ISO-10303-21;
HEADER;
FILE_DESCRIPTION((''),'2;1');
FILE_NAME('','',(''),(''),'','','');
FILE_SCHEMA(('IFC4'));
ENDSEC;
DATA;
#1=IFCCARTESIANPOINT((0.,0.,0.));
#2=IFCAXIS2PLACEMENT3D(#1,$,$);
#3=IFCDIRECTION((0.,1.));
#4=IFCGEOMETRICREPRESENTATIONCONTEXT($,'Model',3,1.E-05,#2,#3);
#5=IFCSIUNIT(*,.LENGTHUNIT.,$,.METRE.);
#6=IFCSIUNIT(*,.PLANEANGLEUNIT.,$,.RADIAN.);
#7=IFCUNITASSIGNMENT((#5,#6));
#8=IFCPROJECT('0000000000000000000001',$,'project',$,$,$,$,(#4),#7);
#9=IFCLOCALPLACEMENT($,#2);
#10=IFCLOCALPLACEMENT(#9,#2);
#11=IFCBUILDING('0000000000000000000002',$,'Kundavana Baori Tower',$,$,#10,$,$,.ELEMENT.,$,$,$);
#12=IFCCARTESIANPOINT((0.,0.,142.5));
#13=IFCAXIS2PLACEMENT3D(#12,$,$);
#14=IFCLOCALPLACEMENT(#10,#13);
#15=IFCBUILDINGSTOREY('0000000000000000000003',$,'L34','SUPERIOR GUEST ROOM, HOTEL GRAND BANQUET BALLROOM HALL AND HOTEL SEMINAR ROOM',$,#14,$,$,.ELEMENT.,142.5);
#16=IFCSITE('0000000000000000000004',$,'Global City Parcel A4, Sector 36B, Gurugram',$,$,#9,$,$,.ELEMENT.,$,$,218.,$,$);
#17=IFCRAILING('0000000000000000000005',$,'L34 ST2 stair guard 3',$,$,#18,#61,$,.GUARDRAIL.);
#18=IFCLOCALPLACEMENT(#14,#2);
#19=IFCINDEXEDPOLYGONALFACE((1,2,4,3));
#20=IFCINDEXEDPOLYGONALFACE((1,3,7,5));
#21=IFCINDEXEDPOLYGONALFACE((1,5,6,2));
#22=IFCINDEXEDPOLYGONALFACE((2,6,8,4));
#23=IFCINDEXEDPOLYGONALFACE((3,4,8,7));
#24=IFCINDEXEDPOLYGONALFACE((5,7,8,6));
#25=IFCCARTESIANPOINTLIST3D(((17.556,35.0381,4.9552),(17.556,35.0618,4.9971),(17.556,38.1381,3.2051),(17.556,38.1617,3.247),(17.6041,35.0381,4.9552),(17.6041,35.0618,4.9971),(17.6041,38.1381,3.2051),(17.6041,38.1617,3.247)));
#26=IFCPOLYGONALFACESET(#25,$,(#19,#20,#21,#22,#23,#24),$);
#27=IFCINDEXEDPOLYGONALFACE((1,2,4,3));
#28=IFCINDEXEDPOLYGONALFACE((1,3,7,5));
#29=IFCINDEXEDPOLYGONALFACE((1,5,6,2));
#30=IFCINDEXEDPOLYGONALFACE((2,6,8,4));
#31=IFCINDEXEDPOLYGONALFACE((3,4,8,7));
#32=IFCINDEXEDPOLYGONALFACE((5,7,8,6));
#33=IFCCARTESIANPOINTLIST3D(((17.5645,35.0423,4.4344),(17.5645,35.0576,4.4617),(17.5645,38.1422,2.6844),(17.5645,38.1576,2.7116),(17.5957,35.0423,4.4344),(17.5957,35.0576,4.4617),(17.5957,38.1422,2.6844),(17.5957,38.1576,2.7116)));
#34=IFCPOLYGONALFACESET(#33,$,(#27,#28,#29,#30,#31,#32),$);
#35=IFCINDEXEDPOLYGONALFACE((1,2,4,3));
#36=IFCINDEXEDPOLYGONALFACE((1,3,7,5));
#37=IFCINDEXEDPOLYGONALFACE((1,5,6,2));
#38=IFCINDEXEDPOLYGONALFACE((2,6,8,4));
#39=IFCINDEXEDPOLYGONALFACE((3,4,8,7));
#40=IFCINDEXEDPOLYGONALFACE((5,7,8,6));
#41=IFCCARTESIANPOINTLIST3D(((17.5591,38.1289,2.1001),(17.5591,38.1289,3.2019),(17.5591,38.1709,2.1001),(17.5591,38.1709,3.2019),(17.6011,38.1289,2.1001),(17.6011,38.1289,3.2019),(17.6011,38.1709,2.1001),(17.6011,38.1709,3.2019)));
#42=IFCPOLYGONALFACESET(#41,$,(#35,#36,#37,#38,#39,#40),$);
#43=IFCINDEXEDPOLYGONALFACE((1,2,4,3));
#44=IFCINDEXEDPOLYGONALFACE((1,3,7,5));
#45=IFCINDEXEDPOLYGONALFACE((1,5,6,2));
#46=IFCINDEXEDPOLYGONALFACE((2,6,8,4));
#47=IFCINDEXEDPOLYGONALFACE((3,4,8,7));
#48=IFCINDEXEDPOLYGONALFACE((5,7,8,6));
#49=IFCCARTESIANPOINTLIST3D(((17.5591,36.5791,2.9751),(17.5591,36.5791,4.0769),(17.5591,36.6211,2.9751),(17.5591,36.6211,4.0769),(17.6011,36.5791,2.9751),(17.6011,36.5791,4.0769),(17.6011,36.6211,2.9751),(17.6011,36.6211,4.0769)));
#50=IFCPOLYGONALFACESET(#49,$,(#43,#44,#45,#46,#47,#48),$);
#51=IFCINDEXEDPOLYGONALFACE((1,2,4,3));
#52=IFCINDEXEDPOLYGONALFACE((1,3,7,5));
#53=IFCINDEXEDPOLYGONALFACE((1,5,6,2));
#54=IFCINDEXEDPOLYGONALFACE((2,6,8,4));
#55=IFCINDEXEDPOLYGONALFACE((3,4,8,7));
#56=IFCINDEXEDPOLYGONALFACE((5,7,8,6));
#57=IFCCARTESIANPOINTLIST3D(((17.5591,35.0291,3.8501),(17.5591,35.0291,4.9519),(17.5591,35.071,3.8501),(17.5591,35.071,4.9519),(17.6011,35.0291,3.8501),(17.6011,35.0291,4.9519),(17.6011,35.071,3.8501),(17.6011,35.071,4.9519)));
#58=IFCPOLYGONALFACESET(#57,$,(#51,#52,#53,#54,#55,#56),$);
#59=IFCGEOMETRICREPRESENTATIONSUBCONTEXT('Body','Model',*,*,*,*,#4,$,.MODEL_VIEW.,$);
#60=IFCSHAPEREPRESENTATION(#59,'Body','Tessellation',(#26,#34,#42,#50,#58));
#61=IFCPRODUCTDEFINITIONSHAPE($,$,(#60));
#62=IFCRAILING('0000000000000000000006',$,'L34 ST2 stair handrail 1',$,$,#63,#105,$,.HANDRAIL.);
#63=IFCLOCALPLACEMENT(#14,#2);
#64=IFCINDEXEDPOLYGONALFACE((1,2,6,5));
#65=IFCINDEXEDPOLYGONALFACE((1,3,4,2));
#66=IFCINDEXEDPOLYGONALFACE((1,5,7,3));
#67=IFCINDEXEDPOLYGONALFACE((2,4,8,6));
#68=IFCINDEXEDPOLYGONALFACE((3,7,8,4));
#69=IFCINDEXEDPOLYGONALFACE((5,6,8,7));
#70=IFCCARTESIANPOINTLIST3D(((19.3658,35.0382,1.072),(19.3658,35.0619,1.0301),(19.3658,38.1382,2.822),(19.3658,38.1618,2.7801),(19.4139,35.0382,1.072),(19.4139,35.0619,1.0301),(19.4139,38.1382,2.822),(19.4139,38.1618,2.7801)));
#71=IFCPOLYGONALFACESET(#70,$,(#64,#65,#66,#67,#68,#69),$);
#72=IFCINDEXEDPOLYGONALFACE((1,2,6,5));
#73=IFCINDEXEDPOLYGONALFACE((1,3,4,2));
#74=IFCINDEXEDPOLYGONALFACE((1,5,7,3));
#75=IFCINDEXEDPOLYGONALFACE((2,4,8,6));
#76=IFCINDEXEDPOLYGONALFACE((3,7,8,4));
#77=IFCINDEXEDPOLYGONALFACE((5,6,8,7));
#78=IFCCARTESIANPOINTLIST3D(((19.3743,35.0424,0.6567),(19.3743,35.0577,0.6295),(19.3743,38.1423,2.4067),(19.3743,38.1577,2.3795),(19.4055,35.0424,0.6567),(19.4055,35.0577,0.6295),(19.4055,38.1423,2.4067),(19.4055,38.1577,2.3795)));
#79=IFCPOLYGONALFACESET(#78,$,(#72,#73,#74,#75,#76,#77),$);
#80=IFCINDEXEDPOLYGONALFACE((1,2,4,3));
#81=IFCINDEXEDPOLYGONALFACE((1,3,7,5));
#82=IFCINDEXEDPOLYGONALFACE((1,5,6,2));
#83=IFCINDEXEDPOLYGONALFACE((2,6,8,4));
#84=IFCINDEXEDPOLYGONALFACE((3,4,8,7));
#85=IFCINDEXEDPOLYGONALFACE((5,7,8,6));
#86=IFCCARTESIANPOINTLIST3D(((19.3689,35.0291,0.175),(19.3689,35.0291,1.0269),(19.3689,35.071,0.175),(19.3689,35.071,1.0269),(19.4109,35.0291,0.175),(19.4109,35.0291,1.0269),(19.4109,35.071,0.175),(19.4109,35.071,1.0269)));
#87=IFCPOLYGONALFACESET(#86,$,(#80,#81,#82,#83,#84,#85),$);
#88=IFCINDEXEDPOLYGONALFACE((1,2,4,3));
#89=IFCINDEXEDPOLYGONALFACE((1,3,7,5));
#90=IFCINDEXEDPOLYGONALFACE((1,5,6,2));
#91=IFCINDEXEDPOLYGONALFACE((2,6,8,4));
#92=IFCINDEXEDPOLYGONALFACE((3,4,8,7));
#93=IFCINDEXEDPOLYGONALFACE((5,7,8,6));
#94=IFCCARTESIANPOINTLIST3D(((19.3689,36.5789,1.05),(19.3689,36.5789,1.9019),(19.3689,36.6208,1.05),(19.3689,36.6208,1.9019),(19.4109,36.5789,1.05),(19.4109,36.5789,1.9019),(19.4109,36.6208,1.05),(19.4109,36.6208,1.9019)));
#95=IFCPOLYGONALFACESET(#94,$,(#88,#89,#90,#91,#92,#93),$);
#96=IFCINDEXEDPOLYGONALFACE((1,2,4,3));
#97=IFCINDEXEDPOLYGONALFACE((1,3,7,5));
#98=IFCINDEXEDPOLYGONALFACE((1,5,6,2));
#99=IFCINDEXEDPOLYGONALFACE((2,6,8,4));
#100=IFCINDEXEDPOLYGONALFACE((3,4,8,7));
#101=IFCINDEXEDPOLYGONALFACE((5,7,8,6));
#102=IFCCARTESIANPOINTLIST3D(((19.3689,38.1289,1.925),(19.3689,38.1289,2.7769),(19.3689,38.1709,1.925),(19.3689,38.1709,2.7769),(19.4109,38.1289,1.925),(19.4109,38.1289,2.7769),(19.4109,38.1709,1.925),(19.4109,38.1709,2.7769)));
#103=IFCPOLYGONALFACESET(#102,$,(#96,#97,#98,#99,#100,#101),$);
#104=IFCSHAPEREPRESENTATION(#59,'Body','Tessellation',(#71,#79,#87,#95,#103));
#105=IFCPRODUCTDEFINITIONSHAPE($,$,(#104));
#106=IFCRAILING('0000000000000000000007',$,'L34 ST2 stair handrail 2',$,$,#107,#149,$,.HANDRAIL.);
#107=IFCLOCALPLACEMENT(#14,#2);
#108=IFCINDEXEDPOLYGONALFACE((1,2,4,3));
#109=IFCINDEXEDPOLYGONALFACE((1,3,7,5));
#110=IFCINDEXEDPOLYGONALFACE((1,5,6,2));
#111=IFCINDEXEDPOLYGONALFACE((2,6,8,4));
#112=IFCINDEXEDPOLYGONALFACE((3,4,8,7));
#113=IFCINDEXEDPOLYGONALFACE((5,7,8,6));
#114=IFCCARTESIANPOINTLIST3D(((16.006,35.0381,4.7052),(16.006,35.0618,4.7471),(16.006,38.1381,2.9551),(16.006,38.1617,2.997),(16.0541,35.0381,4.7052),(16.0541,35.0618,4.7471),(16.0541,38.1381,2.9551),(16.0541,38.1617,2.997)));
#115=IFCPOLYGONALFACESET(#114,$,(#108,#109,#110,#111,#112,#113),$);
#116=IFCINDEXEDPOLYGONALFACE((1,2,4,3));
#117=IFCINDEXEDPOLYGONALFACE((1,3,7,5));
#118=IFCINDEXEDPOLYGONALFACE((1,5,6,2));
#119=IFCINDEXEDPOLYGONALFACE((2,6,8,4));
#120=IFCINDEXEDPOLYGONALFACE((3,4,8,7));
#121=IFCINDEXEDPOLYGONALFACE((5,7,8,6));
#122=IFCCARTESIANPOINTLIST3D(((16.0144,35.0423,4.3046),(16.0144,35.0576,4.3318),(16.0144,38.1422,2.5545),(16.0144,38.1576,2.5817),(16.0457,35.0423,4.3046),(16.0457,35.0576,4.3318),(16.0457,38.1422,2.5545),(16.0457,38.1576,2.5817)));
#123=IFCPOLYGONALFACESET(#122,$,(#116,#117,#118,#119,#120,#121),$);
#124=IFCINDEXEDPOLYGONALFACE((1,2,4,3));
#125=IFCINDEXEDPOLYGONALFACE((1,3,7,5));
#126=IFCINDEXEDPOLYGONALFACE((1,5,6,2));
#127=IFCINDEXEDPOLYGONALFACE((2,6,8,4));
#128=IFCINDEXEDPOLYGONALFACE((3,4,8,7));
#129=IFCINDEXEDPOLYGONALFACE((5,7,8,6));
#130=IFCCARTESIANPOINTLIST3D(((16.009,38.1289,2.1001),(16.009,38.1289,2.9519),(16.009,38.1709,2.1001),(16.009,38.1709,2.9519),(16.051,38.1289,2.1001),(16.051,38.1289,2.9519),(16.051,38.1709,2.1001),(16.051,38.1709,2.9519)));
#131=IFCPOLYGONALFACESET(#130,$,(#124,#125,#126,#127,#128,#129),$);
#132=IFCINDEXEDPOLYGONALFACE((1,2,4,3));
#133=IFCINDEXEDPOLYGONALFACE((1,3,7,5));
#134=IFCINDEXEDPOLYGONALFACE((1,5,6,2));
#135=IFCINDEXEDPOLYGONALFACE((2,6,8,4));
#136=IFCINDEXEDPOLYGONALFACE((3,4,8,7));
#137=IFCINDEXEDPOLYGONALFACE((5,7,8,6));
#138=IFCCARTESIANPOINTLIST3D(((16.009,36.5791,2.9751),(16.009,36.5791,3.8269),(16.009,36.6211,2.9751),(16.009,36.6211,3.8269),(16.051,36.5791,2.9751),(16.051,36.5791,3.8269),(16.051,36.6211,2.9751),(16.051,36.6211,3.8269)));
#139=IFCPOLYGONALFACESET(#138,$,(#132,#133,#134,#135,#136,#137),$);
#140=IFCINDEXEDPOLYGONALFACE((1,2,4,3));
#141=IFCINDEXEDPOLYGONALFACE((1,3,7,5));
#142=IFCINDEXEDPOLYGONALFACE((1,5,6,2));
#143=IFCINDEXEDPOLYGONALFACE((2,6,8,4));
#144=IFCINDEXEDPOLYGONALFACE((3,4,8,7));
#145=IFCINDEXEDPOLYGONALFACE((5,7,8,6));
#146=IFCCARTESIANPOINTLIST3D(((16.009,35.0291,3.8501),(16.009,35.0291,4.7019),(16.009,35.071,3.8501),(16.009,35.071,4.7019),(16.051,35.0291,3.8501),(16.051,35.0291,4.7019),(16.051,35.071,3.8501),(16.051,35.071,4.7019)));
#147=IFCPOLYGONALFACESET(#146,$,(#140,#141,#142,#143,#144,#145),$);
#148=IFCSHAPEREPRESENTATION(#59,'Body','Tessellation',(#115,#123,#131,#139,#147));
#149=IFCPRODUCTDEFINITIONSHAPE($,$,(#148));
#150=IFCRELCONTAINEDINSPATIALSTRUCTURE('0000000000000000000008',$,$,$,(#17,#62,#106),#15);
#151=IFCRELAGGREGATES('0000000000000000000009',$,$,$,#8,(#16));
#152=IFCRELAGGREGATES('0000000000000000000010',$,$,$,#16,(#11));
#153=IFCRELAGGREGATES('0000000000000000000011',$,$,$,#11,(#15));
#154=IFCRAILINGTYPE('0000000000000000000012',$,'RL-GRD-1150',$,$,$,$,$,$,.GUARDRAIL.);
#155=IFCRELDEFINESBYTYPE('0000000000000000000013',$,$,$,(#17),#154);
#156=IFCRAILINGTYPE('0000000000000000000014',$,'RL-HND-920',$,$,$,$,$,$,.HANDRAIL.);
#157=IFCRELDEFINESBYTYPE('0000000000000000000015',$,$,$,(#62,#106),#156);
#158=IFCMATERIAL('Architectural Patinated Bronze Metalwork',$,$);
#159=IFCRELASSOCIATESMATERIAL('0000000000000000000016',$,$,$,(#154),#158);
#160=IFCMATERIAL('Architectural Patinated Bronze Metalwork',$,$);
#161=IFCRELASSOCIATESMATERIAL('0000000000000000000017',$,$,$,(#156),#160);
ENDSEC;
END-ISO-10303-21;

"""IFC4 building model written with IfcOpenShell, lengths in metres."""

from ifc_helpers import new_model, si_unit, direction, frame, origin, origin_2d, place, context, subcontext, project, spatial, rectangle, extrude, material, type_object, element, save


model = new_model("IFC4")

# Units and contexts
model_context = context("Model", 3, precision=1e-05, world=origin(), true_north=direction((0.0, 1.0)))
body_context = subcontext(model_context, "Body", "Model", "MODEL_VIEW")
ifc_project = project(units=[si_unit("LENGTHUNIT", "METRE"), si_unit("PLANEANGLEUNIT", "RADIAN")], contexts=[model_context])

# Site, building, storey
site_placement = place(None, origin())
site = spatial("IfcSite", under=ifc_project, at=site_placement, Name="Global City Parcel A4, Sector 36B, Gurugram", CompositionType="ELEMENT", RefElevation=218.0)
building_placement = place(site_placement, origin())
building = spatial("IfcBuilding", under=site, at=building_placement, Name="Kundavana Baori Tower", CompositionType="ELEMENT")
storey_placement = place(building_placement, frame((0.0, 0.0, 142.5)))
storey = spatial("IfcBuildingStorey", under=building, at=storey_placement, Name="L34", Description="SUPERIOR GUEST ROOM, HOTEL GRAND BANQUET BALLROOM HALL AND HOTEL SEMINAR ROOM", CompositionType="ELEMENT", Elevation=142.5)

# Railings
ifc_material_1 = material(Name="Architectural Patinated Bronze Metalwork")
railing_type_1 = type_object("IfcRailingType", Name="RL-GRD-1150", PredefinedType="GUARDRAIL", material=ifc_material_1)
railing_1_placement = place(storey_placement, frame((17.5801, 38.1499, 2.1001)))
element("IfcRailing", 1, at=railing_1_placement, inside=storey, type_object=railing_type_1, Name="L34 ST2 stair guard 3", PredefinedType="GUARDRAIL", context=body_context, shape_type="SweptSolid", body=[
    extrude(rectangle(XDim=0.0481, YDim=0.0481, at=origin_2d()), frame((0.0, 0.0, 1.126), z_axis=(0.0, -0.870814, 0.491612), x_axis=(1.0, 0.0, 0.0)), (0.0, 0.0, 1.0), 3.5598),
    extrude(rectangle(XDim=0.0312, YDim=0.0312, at=origin_2d()), frame((0.0, 0.0, 0.5979), z_axis=(0.0, -0.870814, 0.491612), x_axis=(1.0, 0.0, 0.0)), (0.0, 0.0, 1.0), 3.5598),
    extrude(rectangle(XDim=0.042, YDim=0.042, at=origin_2d()), origin(), (0.0, 0.0, 1.0), 1.1018),
    extrude(rectangle(XDim=0.042, YDim=0.042, at=origin_2d()), frame((0.0, -1.5498, 0.875)), (0.0, 0.0, 1.0), 1.1018),
    extrude(rectangle(XDim=0.042, YDim=0.042, at=origin_2d()), frame((0.0, -3.0999, 1.75)), (0.0, 0.0, 1.0), 1.1018),
])
ifc_material_2 = material(Name="Architectural Patinated Bronze Metalwork")
railing_type_2 = type_object("IfcRailingType", Name="RL-HND-920", PredefinedType="HANDRAIL", material=ifc_material_2)
railing_2_placement = place(storey_placement, frame((19.3899, 35.05, 0.175)))
element("IfcRailing", 2, at=railing_2_placement, inside=storey, type_object=railing_type_2, Name="L34 ST2 stair handrail 1", PredefinedType="HANDRAIL", context=body_context, shape_type="SweptSolid", body=[
    extrude(rectangle(XDim=0.0481, YDim=0.0481, at=origin_2d()), frame((0.0, 0.0, 0.876), z_axis=(0.0, 0.870814, 0.491612), x_axis=(-1.0, 0.0, 0.0)), (0.0, 0.0, 1.0), 3.5598),
    extrude(rectangle(XDim=0.0312, YDim=0.0312, at=origin_2d()), frame((0.0, 0.0, 0.468), z_axis=(0.0, 0.870814, 0.491612), x_axis=(-1.0, 0.0, 0.0)), (0.0, 0.0, 1.0), 3.5598),
    extrude(rectangle(XDim=0.042, YDim=0.042, at=origin_2d()), origin(), (0.0, 0.0, 1.0), 0.8518),
    extrude(rectangle(XDim=0.042, YDim=0.042, at=origin_2d()), frame((0.0, 1.5498, 0.875)), (0.0, 0.0, 1.0), 0.8518),
    extrude(rectangle(XDim=0.042, YDim=0.042, at=origin_2d()), frame((0.0, 3.0999, 1.75)), (0.0, 0.0, 1.0), 0.8518),
])
railing_3_placement = place(storey_placement, frame((16.03, 38.1499, 2.1001)))
element("IfcRailing", 3, at=railing_3_placement, inside=storey, type_object=railing_type_2, Name="L34 ST2 stair handrail 2", PredefinedType="HANDRAIL", context=body_context, shape_type="SweptSolid", body=[
    extrude(rectangle(XDim=0.0481, YDim=0.0481, at=origin_2d()), frame((0.0, 0.0, 0.876), z_axis=(0.0, -0.870814, 0.491612), x_axis=(1.0, 0.0, 0.0)), (0.0, 0.0, 1.0), 3.5598),
    extrude(rectangle(XDim=0.0312, YDim=0.0312, at=origin_2d()), frame((0.0, 0.0, 0.468), z_axis=(0.0, -0.870814, 0.491612), x_axis=(1.0, 0.0, 0.0)), (0.0, 0.0, 1.0), 3.5598),
    extrude(rectangle(XDim=0.042, YDim=0.042, at=origin_2d()), origin(), (0.0, 0.0, 1.0), 0.8518),
    extrude(rectangle(XDim=0.042, YDim=0.042, at=origin_2d()), frame((0.0, -1.5498, 0.875)), (0.0, 0.0, 1.0), 0.8518),
    extrude(rectangle(XDim=0.042, YDim=0.042, at=origin_2d()), frame((0.0, -3.0999, 1.75)), (0.0, 0.0, 1.0), 0.8518),
])

save(model, "model.ifc")
